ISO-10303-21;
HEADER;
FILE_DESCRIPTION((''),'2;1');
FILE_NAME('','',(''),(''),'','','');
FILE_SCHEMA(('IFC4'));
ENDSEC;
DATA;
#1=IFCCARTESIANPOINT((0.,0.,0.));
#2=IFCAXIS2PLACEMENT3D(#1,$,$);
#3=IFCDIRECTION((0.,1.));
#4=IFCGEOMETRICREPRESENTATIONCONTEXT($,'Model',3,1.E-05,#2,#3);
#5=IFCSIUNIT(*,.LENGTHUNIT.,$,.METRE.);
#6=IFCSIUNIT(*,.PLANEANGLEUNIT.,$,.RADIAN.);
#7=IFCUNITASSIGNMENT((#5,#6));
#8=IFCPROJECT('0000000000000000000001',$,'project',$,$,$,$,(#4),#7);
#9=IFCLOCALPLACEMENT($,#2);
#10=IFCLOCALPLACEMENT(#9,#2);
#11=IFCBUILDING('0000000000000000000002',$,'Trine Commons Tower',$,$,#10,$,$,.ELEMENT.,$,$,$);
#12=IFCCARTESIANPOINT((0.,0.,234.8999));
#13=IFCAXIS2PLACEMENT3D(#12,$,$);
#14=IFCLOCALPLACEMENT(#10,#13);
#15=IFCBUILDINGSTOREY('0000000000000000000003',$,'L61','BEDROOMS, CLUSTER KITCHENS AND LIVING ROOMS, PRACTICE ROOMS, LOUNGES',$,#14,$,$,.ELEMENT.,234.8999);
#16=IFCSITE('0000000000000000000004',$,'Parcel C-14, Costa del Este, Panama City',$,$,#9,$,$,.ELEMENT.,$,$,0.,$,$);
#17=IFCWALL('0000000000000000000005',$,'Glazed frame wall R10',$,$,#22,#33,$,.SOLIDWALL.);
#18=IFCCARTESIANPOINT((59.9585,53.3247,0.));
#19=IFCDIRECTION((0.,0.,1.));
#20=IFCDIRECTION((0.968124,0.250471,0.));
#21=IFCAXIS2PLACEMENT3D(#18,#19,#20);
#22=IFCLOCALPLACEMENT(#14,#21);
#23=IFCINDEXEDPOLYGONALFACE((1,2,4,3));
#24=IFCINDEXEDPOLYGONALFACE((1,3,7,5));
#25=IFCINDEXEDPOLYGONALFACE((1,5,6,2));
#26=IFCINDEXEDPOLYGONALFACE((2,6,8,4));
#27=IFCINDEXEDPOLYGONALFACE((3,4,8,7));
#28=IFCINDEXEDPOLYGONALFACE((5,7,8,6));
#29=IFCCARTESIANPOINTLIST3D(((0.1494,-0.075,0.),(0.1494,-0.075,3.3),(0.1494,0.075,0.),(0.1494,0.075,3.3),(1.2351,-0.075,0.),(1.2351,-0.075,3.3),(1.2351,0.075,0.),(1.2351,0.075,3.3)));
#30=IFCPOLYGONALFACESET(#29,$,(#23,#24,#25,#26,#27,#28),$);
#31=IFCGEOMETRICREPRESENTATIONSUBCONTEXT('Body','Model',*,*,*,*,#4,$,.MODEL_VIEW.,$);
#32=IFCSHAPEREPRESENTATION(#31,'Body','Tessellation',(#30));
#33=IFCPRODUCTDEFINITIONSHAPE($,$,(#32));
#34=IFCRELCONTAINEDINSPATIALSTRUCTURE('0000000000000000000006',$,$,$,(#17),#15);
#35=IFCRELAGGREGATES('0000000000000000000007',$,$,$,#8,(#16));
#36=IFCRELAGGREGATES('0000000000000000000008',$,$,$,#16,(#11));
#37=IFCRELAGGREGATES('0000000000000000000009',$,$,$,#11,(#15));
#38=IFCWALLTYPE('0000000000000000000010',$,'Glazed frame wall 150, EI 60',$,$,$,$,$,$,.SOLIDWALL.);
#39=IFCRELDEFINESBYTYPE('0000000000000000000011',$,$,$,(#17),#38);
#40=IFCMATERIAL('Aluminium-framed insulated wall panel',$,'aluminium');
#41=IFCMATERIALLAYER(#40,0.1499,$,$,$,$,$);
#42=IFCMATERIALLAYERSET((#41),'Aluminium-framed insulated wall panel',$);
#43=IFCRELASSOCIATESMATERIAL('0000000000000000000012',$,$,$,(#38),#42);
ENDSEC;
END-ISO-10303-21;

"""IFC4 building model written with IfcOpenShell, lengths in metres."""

from ifc_helpers import new_model, si_unit, direction, frame, origin, place, context, subcontext, project, spatial, polyline, outline, extrude, material, layer, layer_set, type_object, element, save


model = new_model("IFC4")

# Units and contexts
model_context = context("Model", 3, precision=1e-05, world=origin(), true_north=direction((0.0, 1.0)))
body_context = subcontext(model_context, "Body", "Model", "MODEL_VIEW")
ifc_project = project(units=[si_unit("LENGTHUNIT", "METRE"), si_unit("PLANEANGLEUNIT", "RADIAN")], contexts=[model_context])

# Site, building, storey
site_placement = place(None, origin())
site = spatial("IfcSite", under=ifc_project, at=site_placement, Name="Parcel C-14, Costa del Este, Panama City", CompositionType="ELEMENT", RefElevation=0.0)
building_placement = place(site_placement, origin())
building = spatial("IfcBuilding", under=site, at=building_placement, Name="Trine Commons Tower", CompositionType="ELEMENT")
storey_placement = place(building_placement, frame((0.0, 0.0, 234.8999)))
storey = spatial("IfcBuildingStorey", under=building, at=storey_placement, Name="L61", Description="BEDROOMS, CLUSTER KITCHENS AND LIVING ROOMS, PRACTICE ROOMS, LOUNGES", CompositionType="ELEMENT", Elevation=234.8999)

# Wall
ifc_material_1 = material(Name="Aluminium-framed insulated wall panel", Category="aluminium")
ifc_layer_1 = layer(ifc_material_1, 0.1499)
ifc_layer_set_1 = layer_set([ifc_layer_1], Name="Aluminium-framed insulated wall panel")
wall_type_1 = type_object("IfcWallType", Name="Glazed frame wall 150, EI 60", PredefinedType="SOLIDWALL", material=ifc_layer_set_1)
wall_1_placement = place(storey_placement, frame((59.9585, 53.3247, 0.0), z_axis=(0.0, 0.0, 1.0), x_axis=(0.968124, 0.250471, 0.0)))
element("IfcWall", 1, at=wall_1_placement, inside=storey, type_object=wall_type_1, Name="Glazed frame wall R10", PredefinedType="SOLIDWALL", context=body_context, shape_type="SweptSolid", body=[
    extrude(outline(polyline([(0.1494, 0.075), (0.1494, -0.075), (1.2351, -0.075), (1.2351, 0.075), (0.1494, 0.075)])), origin(), (0.0, 0.0, 1.0), 3.3),
])

save(model, "model.ifc")
